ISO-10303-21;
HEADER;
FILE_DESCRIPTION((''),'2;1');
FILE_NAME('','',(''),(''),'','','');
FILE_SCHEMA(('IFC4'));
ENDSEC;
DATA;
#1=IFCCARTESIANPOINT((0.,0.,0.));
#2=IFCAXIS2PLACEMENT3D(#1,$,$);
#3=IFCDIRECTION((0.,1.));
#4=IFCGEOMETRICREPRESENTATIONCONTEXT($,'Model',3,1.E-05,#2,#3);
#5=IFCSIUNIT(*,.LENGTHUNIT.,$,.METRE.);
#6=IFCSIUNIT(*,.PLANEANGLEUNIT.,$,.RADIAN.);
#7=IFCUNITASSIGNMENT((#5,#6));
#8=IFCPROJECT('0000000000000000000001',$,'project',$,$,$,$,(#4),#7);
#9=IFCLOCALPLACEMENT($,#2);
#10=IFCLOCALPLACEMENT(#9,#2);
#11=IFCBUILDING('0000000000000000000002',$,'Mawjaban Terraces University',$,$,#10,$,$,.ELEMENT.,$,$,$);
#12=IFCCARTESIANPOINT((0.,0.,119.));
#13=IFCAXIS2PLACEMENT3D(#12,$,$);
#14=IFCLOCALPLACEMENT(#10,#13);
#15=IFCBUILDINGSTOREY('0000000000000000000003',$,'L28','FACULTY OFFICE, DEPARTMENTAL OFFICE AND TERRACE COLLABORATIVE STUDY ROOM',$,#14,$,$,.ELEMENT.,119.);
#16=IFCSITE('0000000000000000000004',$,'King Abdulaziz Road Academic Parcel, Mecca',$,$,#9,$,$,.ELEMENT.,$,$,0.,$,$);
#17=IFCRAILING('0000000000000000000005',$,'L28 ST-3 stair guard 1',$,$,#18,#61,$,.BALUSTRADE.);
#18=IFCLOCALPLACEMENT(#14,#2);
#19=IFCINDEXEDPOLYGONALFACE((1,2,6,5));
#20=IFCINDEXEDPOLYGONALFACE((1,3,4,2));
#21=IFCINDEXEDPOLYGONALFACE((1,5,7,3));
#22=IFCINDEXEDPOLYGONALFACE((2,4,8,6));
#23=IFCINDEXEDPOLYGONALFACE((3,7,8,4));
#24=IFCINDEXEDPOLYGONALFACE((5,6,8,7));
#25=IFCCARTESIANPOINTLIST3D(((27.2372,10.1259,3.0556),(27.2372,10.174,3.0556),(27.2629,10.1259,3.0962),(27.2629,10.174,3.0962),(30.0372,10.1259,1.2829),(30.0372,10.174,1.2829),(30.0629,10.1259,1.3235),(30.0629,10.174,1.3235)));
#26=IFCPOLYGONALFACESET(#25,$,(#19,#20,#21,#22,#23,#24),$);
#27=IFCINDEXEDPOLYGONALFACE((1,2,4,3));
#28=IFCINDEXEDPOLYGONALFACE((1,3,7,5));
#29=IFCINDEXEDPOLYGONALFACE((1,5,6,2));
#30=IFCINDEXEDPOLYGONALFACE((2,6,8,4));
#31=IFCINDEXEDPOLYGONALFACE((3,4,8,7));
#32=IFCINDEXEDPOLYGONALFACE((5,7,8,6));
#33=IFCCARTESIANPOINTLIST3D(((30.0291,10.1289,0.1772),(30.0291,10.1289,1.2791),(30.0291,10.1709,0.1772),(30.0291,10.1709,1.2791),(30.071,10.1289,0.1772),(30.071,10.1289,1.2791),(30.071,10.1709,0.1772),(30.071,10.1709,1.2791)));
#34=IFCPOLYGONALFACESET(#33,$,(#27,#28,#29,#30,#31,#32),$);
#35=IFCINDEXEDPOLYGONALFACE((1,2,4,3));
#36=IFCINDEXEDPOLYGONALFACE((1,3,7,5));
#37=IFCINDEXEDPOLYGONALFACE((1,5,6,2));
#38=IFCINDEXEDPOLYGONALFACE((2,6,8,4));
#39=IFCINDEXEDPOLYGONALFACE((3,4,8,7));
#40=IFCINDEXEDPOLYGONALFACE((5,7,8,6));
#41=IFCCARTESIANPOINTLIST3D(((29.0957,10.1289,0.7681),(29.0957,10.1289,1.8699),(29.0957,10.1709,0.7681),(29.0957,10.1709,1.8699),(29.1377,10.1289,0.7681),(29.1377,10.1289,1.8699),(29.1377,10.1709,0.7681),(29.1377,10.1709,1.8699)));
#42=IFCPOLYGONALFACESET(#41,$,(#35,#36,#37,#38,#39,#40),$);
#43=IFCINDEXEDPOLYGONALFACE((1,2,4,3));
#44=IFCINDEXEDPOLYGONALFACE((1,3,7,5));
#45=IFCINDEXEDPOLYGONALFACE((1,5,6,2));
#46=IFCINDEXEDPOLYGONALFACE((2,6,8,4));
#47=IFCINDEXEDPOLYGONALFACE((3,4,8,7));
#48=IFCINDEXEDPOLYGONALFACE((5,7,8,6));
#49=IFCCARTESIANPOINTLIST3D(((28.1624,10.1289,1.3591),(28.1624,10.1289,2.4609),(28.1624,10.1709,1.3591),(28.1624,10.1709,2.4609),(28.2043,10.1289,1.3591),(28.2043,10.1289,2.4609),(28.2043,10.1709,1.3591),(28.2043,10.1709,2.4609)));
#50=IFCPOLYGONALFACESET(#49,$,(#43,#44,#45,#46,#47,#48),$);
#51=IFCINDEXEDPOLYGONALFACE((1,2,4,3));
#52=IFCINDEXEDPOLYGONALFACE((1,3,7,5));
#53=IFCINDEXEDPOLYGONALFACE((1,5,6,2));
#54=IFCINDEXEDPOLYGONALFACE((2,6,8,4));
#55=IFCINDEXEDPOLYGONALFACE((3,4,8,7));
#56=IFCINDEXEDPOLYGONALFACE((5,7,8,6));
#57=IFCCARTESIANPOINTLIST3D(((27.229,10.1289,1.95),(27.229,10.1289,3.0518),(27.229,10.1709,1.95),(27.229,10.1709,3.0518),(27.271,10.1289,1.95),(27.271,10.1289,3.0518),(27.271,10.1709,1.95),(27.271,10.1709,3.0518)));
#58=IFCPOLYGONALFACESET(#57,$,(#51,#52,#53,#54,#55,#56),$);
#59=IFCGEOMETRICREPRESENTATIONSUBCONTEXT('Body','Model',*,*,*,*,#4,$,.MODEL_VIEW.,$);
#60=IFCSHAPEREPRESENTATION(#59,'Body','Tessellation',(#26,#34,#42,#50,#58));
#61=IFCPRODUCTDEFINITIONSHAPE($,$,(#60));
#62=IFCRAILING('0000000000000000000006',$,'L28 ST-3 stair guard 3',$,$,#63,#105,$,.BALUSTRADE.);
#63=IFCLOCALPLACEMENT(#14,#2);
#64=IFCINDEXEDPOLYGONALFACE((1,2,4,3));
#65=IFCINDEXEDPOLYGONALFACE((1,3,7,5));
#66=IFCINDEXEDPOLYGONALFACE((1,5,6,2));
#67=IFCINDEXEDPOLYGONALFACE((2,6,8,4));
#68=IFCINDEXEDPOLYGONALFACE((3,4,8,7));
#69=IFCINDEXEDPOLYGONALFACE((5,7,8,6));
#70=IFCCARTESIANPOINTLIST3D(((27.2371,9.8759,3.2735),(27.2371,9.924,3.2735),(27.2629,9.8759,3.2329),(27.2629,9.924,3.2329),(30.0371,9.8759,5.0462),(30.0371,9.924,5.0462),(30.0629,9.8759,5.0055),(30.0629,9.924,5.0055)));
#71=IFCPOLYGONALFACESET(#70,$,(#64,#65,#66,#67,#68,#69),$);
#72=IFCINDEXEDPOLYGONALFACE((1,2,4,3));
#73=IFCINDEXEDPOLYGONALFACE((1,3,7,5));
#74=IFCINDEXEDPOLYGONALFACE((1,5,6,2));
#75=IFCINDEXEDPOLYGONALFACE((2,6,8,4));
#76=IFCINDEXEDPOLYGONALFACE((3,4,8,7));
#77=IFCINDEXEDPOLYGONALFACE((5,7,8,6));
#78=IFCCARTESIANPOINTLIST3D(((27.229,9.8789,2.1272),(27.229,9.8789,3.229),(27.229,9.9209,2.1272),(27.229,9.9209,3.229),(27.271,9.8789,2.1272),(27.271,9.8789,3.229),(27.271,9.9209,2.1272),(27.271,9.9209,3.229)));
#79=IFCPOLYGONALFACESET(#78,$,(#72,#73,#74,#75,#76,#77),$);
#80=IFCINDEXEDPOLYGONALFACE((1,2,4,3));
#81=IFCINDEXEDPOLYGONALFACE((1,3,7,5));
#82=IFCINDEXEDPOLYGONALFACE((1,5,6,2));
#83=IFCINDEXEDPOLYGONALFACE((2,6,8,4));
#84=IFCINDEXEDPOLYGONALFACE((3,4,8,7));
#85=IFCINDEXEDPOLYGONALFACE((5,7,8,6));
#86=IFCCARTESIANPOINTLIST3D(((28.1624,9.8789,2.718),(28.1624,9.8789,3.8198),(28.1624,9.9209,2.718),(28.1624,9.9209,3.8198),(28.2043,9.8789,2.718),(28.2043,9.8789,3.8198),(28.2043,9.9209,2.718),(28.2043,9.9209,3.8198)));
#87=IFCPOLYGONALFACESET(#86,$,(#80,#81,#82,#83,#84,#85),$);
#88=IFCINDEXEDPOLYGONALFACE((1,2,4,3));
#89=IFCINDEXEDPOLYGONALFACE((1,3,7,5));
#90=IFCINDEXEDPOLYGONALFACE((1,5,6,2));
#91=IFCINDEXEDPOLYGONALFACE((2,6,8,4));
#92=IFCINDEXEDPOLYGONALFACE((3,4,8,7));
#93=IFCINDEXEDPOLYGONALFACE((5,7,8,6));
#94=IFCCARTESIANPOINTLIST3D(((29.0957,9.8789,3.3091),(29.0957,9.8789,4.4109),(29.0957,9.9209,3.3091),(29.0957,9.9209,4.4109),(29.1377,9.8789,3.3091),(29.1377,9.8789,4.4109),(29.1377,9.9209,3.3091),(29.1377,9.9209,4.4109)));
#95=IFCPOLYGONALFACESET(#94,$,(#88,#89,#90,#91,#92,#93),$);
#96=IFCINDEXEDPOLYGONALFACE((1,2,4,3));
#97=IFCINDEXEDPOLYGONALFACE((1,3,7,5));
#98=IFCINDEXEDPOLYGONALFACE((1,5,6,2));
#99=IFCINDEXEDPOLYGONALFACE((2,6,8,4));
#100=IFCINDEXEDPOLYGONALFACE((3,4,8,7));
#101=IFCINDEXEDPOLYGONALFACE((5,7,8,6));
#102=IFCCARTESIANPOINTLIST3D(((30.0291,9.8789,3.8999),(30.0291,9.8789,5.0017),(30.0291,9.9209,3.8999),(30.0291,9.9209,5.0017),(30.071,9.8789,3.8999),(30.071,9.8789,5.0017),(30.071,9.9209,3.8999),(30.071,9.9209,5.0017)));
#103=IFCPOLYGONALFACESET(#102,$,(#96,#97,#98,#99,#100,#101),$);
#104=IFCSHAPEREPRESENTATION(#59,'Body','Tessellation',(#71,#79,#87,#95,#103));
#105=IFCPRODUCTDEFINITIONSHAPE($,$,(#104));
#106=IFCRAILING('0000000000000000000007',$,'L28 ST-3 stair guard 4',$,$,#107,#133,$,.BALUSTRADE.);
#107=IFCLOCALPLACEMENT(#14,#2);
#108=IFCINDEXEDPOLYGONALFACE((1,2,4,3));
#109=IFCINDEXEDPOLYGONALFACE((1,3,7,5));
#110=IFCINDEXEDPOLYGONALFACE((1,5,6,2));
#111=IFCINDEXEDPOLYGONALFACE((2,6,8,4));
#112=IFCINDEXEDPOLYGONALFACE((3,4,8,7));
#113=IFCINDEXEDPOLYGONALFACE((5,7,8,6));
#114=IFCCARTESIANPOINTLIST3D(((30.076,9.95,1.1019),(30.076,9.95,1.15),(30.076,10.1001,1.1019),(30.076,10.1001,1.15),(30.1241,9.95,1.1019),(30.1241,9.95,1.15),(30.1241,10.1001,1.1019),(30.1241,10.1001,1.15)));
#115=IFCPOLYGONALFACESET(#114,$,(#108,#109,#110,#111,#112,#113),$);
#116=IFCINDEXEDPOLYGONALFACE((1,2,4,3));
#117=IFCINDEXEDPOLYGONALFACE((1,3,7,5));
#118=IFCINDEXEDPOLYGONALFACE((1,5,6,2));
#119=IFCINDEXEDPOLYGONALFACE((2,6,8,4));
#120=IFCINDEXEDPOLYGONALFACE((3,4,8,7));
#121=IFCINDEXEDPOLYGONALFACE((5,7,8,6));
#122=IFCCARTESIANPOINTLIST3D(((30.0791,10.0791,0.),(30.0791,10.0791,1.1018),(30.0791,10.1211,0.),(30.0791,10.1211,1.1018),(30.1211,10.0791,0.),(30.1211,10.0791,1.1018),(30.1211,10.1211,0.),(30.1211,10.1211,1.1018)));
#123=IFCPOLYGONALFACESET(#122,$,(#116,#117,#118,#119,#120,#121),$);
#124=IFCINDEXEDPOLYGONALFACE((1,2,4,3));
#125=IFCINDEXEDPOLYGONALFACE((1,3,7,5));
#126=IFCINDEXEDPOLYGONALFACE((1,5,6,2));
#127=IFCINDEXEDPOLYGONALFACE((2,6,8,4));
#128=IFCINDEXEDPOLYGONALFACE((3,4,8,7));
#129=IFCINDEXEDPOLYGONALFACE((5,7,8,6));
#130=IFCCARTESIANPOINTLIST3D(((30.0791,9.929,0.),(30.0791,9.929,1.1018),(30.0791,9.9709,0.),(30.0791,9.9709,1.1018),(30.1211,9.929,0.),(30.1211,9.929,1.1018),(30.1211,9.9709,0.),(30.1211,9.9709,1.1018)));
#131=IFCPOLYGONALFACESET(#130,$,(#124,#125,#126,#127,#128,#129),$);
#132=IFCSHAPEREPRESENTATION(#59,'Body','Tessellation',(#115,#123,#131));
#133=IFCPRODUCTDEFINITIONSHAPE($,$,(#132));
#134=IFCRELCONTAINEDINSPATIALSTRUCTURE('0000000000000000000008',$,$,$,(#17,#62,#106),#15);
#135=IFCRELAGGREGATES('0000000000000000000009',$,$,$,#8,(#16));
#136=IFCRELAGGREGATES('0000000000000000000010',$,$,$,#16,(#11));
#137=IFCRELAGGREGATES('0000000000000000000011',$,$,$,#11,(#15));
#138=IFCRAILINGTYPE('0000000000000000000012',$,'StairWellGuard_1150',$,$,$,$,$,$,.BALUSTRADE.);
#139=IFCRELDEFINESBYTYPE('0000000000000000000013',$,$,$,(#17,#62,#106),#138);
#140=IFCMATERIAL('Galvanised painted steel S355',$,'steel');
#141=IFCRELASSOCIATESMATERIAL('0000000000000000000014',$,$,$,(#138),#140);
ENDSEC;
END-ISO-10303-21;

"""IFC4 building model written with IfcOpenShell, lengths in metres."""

from ifc_helpers import new_model, si_unit, direction, frame, origin, origin_2d, place, context, subcontext, project, spatial, rectangle, extrude, material, type_object, element, save


model = new_model("IFC4")

# Units and contexts
model_context = context("Model", 3, precision=1e-05, world=origin(), true_north=direction((0.0, 1.0)))
body_context = subcontext(model_context, "Body", "Model", "MODEL_VIEW")
ifc_project = project(units=[si_unit("LENGTHUNIT", "METRE"), si_unit("PLANEANGLEUNIT", "RADIAN")], contexts=[model_context])

# Site, building, storey
site_placement = place(None, origin())
site = spatial("IfcSite", under=ifc_project, at=site_placement, Name="King Abdulaziz Road Academic Parcel, Mecca", CompositionType="ELEMENT", RefElevation=0.0)
building_placement = place(site_placement, origin())
building = spatial("IfcBuilding", under=site, at=building_placement, Name="Mawjaban Terraces University", CompositionType="ELEMENT")
storey_placement = place(building_placement, frame((0.0, 0.0, 119.0)))
storey = spatial("IfcBuildingStorey", under=building, at=storey_placement, Name="L28", Description="FACULTY OFFICE, DEPARTMENTAL OFFICE AND TERRACE COLLABORATIVE STUDY ROOM", CompositionType="ELEMENT", Elevation=119.0)

# Railings
ifc_material_1 = material(Name="Galvanised painted steel S355", Category="steel")
railing_type_1 = type_object("IfcRailingType", Name="StairWellGuard_1150", PredefinedType="BALUSTRADE", material=ifc_material_1)
railing_1_placement = place(storey_placement, frame((30.05, 10.1499, 0.1772)))
element("IfcRailing", 1, at=railing_1_placement, inside=storey, type_object=railing_type_1, Name="L28 ST-3 stair guard 1", PredefinedType="BALUSTRADE", context=body_context, shape_type="SweptSolid", body=[
    extrude(rectangle(XDim=0.0481, YDim=0.0481, at=origin_2d()), frame((0.0, 0.0, 1.126), z_axis=(-0.844909, 0.0, 0.53491), x_axis=(0.0, -1.0, 0.0)), (0.0, 0.0, 1.0), 3.314),
    extrude(rectangle(XDim=0.042, YDim=0.042, at=origin_2d()), origin(), (0.0, 0.0, 1.0), 1.1018),
    extrude(rectangle(XDim=0.042, YDim=0.042, at=origin_2d()), frame((-0.9333, 0.0, 0.5908)), (0.0, 0.0, 1.0), 1.1018),
    extrude(rectangle(XDim=0.042, YDim=0.042, at=origin_2d()), frame((-1.8667, 0.0, 1.1819)), (0.0, 0.0, 1.0), 1.1018),
    extrude(rectangle(XDim=0.042, YDim=0.042, at=origin_2d()), frame((-2.8, 0.0, 1.7727)), (0.0, 0.0, 1.0), 1.1018),
])
railing_2_placement = place(storey_placement, frame((27.25, 9.8999, 2.1272)))
element("IfcRailing", 2, at=railing_2_placement, inside=storey, type_object=railing_type_1, Name="L28 ST-3 stair guard 3", PredefinedType="BALUSTRADE", context=body_context, shape_type="SweptSolid", body=[
    extrude(rectangle(XDim=0.0481, YDim=0.0481, at=origin_2d()), frame((0.0, 0.0, 1.126), z_axis=(0.844909, 0.0, 0.53491), x_axis=(0.0, 1.0, 0.0)), (0.0, 0.0, 1.0), 3.314),
    extrude(rectangle(XDim=0.042, YDim=0.042, at=origin_2d()), origin(), (0.0, 0.0, 1.0), 1.1018),
    extrude(rectangle(XDim=0.042, YDim=0.042, at=origin_2d()), frame((0.9333, 0.0, 0.5908)), (0.0, 0.0, 1.0), 1.1018),
    extrude(rectangle(XDim=0.042, YDim=0.042, at=origin_2d()), frame((1.8667, 0.0, 1.1819)), (0.0, 0.0, 1.0), 1.1018),
    extrude(rectangle(XDim=0.042, YDim=0.042, at=origin_2d()), frame((2.8, 0.0, 1.7727)), (0.0, 0.0, 1.0), 1.1018),
])
railing_3_placement = place(storey_placement, frame((30.1001, 10.1001, 0.0)))
element("IfcRailing", 3, at=railing_3_placement, inside=storey, type_object=railing_type_1, Name="L28 ST-3 stair guard 4", PredefinedType="BALUSTRADE", context=body_context, shape_type="SweptSolid", body=[
    extrude(rectangle(XDim=0.0481, YDim=0.0481, at=origin_2d()), frame((0.0, 0.0, 1.126), z_axis=(0.0, -1.0, 0.0), x_axis=(1.0, 0.0, 0.0)), (0.0, 0.0, 1.0), 0.1501),
    extrude(rectangle(XDim=0.042, YDim=0.042, at=origin_2d()), origin(), (0.0, 0.0, 1.0), 1.1018),
    extrude(rectangle(XDim=0.042, YDim=0.042, at=origin_2d()), frame((0.0, -0.1501, 0.0)), (0.0, 0.0, 1.0), 1.1018),
])

save(model, "model.ifc")
